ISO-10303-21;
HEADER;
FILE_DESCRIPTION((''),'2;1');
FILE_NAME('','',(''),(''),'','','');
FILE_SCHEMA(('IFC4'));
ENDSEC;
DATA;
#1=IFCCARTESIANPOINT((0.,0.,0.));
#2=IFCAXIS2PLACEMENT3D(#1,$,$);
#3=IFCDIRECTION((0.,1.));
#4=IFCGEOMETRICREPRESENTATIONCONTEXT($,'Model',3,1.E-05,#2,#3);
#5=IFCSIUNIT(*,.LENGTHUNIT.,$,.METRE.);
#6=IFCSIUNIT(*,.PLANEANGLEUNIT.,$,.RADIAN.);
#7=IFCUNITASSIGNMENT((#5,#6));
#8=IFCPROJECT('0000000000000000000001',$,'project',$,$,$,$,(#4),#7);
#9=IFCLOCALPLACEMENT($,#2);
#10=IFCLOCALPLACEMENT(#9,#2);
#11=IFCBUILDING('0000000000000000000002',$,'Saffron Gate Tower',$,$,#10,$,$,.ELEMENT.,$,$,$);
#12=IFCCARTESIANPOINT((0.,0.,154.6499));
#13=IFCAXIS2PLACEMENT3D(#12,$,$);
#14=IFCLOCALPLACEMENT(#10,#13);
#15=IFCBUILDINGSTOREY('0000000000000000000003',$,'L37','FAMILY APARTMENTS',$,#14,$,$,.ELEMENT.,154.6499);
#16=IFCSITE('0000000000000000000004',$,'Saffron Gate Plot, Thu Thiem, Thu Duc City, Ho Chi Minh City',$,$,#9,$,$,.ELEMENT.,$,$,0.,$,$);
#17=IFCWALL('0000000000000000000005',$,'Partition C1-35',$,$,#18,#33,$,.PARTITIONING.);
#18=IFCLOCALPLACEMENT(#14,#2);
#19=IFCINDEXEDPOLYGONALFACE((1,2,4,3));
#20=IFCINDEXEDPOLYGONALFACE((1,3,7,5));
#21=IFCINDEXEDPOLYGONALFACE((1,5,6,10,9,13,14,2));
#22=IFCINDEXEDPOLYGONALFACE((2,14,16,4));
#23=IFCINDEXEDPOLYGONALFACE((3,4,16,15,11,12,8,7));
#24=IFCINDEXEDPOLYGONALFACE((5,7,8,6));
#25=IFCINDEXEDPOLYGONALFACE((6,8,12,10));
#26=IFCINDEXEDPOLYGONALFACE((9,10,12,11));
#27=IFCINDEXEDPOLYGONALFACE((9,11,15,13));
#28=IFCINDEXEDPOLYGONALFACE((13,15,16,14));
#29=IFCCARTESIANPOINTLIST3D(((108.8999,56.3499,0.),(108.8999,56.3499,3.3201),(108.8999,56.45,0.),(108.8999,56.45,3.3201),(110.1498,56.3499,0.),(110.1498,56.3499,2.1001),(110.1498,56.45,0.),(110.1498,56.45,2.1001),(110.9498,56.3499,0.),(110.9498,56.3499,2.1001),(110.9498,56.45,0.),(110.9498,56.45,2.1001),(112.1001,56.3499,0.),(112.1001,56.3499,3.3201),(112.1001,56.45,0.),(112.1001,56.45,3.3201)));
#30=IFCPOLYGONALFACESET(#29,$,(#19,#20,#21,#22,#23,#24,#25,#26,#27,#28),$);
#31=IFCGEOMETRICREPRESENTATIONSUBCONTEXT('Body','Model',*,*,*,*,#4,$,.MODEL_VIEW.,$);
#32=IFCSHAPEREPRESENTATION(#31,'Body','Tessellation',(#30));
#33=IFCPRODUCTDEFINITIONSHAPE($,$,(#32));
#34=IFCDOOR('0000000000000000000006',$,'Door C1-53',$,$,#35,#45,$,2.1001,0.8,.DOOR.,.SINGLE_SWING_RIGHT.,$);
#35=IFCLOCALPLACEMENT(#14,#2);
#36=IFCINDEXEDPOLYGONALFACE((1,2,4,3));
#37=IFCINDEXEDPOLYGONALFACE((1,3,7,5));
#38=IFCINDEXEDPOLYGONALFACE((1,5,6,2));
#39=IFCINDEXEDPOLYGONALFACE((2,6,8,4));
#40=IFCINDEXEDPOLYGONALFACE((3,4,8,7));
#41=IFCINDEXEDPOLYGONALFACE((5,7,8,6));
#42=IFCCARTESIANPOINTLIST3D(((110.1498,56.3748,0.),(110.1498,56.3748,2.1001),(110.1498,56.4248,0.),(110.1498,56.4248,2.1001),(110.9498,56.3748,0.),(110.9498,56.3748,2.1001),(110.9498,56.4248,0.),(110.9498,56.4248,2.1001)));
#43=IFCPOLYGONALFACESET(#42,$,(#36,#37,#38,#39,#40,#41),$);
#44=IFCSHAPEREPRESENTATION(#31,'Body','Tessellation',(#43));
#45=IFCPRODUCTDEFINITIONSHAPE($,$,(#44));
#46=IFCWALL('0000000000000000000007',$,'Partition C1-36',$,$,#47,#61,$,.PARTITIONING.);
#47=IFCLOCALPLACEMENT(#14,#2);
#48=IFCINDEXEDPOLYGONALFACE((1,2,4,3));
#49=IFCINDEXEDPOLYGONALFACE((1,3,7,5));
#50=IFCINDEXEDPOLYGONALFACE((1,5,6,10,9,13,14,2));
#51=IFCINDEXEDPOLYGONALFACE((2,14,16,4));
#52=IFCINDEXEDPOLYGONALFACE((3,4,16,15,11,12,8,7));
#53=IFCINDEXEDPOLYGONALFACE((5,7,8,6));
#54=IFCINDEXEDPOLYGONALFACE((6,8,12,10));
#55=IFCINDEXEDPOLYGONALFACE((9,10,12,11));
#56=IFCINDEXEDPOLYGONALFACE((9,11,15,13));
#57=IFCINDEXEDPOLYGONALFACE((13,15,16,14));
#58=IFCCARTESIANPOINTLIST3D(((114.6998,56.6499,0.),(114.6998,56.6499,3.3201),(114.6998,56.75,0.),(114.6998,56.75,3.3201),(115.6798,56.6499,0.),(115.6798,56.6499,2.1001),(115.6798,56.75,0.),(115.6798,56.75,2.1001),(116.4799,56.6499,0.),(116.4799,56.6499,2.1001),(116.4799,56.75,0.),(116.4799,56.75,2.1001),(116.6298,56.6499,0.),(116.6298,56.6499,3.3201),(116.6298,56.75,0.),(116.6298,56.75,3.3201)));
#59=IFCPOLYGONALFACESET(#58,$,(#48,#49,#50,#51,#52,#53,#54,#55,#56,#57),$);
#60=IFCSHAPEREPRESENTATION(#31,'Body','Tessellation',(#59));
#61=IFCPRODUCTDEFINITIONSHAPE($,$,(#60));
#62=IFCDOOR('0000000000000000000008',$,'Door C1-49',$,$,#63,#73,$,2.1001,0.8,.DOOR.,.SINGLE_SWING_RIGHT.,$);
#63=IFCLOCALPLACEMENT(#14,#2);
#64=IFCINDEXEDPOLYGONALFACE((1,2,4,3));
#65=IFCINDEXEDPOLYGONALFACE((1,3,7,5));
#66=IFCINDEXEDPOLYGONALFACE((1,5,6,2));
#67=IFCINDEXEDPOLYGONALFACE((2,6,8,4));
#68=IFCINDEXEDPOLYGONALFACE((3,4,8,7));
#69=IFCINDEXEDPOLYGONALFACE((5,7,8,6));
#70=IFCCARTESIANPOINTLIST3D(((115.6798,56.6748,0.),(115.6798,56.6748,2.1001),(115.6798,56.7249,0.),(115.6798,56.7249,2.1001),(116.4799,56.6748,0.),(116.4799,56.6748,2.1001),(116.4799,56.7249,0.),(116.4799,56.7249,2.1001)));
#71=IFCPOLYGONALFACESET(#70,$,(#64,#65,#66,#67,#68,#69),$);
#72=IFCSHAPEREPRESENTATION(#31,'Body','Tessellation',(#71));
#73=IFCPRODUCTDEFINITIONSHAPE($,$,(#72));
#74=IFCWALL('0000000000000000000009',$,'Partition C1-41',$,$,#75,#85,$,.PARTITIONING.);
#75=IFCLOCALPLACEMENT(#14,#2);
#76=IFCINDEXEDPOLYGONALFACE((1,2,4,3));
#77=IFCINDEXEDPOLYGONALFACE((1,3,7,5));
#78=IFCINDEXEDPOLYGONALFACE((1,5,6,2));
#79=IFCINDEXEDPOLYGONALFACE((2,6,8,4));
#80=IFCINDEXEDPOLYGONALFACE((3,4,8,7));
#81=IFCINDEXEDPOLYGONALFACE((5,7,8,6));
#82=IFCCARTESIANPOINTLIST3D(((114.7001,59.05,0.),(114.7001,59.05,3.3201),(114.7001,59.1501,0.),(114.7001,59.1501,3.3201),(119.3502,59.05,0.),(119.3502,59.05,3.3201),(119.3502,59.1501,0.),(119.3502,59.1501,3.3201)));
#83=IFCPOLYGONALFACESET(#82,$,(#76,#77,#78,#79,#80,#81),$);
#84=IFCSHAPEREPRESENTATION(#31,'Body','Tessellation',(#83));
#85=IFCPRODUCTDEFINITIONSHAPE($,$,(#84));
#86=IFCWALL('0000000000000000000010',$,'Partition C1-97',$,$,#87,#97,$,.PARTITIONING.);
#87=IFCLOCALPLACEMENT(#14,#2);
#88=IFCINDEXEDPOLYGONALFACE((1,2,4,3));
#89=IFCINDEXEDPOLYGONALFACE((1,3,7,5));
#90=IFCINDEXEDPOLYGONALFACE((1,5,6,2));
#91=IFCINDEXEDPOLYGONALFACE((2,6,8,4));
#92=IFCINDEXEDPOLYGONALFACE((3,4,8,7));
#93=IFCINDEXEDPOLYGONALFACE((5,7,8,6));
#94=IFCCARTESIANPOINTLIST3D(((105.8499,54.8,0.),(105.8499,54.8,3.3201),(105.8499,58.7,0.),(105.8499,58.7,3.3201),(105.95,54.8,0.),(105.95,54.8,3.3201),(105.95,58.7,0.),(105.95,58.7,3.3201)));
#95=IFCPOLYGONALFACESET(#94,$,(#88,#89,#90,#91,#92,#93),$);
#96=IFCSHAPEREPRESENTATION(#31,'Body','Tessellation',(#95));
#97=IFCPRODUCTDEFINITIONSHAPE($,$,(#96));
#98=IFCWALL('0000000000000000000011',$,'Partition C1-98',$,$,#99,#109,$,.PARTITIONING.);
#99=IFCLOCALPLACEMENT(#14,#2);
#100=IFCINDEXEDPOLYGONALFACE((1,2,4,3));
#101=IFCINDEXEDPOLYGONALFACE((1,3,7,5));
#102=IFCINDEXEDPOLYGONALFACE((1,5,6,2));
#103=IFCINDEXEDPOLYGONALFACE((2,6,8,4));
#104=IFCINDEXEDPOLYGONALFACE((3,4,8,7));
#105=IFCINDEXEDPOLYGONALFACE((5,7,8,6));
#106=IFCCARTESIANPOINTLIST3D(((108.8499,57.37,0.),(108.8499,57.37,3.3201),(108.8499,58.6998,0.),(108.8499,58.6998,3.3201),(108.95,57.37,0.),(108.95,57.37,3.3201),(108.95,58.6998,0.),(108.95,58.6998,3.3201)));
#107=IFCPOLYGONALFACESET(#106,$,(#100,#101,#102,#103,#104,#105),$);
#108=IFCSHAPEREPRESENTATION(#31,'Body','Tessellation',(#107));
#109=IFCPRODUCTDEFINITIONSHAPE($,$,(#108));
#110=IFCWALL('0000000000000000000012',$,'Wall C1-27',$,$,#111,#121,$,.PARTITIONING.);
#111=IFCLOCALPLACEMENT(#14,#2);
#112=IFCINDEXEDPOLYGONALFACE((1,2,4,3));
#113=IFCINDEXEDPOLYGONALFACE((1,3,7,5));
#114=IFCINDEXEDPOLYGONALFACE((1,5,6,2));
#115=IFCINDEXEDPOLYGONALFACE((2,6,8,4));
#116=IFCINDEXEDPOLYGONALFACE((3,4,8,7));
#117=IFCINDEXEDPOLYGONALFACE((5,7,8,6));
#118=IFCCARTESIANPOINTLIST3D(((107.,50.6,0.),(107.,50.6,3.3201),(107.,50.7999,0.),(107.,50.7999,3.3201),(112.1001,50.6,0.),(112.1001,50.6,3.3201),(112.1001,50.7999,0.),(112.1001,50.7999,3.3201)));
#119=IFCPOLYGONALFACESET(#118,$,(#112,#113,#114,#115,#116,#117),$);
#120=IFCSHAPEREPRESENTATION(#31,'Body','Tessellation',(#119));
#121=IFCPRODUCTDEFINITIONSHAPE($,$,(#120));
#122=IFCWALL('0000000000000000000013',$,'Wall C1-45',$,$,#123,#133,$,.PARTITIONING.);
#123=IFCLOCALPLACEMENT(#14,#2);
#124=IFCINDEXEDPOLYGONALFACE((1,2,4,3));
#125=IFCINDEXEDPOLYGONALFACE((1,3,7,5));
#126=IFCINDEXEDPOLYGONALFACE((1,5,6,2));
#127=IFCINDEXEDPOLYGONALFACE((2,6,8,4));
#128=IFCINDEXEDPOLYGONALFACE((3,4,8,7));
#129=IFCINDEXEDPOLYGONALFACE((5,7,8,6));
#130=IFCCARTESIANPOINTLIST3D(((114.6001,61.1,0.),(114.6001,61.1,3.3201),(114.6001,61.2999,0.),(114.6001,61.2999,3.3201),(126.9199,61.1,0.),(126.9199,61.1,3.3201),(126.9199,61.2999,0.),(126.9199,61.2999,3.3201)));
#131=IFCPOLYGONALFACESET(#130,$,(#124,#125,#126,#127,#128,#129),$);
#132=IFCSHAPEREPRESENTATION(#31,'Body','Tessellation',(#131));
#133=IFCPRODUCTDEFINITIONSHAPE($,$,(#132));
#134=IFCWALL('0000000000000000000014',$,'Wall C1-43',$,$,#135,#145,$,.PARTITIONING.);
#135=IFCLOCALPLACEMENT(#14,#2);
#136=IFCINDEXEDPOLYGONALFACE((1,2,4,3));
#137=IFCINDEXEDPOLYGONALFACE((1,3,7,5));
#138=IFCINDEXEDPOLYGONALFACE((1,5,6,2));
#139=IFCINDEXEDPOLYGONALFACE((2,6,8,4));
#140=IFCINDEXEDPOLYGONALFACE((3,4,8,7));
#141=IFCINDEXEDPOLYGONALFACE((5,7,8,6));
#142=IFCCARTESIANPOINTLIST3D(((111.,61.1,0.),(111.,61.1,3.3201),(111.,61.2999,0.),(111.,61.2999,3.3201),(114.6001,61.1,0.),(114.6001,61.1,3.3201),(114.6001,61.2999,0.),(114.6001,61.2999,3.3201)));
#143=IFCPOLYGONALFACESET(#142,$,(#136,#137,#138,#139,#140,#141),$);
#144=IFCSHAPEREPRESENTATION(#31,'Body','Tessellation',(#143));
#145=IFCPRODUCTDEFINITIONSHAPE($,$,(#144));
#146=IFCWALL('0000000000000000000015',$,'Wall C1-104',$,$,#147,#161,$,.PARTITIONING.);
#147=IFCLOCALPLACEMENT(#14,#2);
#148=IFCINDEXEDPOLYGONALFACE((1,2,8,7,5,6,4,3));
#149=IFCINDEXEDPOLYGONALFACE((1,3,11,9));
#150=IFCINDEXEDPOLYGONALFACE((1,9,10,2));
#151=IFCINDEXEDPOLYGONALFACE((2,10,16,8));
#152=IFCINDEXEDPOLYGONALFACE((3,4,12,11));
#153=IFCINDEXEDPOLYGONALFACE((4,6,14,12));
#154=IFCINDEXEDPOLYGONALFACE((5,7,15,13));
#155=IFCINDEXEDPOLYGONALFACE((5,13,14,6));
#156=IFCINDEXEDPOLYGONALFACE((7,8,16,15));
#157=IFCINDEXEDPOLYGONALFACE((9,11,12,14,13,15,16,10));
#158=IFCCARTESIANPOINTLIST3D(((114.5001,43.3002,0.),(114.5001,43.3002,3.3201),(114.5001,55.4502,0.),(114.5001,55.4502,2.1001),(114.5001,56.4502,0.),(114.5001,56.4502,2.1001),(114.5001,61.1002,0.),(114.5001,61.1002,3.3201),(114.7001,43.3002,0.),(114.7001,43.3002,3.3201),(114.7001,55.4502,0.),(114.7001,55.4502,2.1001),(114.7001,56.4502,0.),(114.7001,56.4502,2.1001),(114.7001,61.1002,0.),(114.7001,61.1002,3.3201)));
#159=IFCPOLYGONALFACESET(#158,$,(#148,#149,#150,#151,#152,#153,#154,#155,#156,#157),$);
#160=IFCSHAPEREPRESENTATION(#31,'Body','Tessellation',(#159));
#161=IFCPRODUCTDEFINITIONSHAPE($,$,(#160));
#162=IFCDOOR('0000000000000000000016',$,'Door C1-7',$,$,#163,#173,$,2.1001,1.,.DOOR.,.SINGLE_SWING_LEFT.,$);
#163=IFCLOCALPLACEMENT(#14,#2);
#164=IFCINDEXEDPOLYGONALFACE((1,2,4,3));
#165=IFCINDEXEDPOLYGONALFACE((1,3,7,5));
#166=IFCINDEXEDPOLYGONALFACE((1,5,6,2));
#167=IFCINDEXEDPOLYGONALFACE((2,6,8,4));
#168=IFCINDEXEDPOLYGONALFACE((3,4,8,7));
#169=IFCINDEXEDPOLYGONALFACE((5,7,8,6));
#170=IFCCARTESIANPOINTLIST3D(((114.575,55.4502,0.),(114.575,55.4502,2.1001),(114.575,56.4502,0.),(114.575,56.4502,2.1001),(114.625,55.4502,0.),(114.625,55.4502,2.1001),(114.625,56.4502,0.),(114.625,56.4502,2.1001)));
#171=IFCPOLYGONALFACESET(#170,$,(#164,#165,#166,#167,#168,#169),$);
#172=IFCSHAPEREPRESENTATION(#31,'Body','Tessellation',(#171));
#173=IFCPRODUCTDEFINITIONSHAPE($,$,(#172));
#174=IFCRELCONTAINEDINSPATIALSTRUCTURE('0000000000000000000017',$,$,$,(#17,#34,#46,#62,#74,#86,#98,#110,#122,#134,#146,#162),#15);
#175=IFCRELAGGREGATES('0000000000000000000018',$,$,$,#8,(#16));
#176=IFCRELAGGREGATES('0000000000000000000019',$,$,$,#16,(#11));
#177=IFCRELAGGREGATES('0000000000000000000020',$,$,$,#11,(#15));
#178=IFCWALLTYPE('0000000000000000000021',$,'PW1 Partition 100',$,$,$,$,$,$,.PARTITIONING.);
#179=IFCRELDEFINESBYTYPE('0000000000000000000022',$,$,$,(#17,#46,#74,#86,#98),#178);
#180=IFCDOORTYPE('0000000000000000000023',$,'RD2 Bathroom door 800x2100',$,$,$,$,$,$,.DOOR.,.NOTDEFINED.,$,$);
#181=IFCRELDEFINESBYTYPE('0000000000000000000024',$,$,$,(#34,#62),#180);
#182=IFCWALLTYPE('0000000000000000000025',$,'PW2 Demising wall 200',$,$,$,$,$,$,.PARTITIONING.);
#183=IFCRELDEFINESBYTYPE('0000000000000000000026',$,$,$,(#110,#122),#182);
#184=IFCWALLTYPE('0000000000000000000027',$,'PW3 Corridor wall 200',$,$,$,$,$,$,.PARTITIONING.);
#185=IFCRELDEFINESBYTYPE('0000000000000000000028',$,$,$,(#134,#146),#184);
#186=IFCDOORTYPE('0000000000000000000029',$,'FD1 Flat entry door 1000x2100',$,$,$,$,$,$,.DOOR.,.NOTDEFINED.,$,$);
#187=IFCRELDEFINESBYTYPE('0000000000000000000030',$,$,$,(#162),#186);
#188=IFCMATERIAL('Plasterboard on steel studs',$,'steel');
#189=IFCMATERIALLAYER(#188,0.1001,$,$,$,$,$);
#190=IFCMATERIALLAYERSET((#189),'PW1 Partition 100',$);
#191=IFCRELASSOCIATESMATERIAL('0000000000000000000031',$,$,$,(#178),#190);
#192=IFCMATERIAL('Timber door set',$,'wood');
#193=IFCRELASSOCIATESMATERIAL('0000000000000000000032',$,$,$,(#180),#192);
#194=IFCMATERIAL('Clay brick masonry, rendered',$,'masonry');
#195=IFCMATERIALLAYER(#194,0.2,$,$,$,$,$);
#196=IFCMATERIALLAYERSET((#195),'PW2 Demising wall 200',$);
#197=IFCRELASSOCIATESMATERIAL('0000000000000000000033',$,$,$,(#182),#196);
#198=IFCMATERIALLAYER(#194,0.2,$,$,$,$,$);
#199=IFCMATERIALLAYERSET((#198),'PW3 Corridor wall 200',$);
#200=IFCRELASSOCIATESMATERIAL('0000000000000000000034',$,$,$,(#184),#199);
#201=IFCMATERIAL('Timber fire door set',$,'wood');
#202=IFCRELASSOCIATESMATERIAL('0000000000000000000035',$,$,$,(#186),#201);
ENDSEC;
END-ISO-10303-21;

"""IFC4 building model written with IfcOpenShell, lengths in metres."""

from ifc_helpers import new_model, si_unit, direction, frame, frame_2d, origin, place, context, subcontext, project, spatial, rectangle, extrude, material, layer, layer_set, type_object, element, fill, save


model = new_model("IFC4")

# Units and contexts
model_context = context("Model", 3, precision=1e-05, world=origin(), true_north=direction((0.0, 1.0)))
body_context = subcontext(model_context, "Body", "Model", "MODEL_VIEW")
ifc_project = project(units=[si_unit("LENGTHUNIT", "METRE"), si_unit("PLANEANGLEUNIT", "RADIAN")], contexts=[model_context])

# Site, building, storey
site_placement = place(None, origin())
site = spatial("IfcSite", under=ifc_project, at=site_placement, Name="Saffron Gate Plot, Thu Thiem, Thu Duc City, Ho Chi Minh City", CompositionType="ELEMENT", RefElevation=0.0)
building_placement = place(site_placement, origin())
building = spatial("IfcBuilding", under=site, at=building_placement, Name="Saffron Gate Tower", CompositionType="ELEMENT")
storey_placement = place(building_placement, frame((0.0, 0.0, 154.6499)))
storey = spatial("IfcBuildingStorey", under=building, at=storey_placement, Name="L37", Description="FAMILY APARTMENTS", CompositionType="ELEMENT", Elevation=154.6499)

# Shared definitions
ifc_material_1 = material(Name="Plasterboard on steel studs", Category="steel")
ifc_layer_1 = layer(ifc_material_1, 0.1001)
ifc_layer_set_1 = layer_set([ifc_layer_1], Name="PW1 Partition 100")
wall_type_1 = type_object("IfcWallType", Name="PW1 Partition 100", PredefinedType="PARTITIONING", material=ifc_layer_set_1)

# Walls, openings, doors
wall_1_placement = place(storey_placement, frame((108.8999, 56.3999, 0.0), z_axis=(0.0, 0.0, 1.0), x_axis=(1.0, 0.0, 0.0)))
wall_1 = element("IfcWall", 1, at=wall_1_placement, inside=storey, type_object=wall_type_1, Name="Partition C1-35", PredefinedType="PARTITIONING", context=body_context, shape_type="SweptSolid", body=[
    extrude(rectangle(XDim=3.2002, YDim=0.1001, at=frame_2d((1.6001, 0.0))), origin(), (0.0, 0.0, 1.0), 3.3201),
])
opening_1_placement = place(wall_1_placement, frame((1.25, 0.0, 0.0)))
opening_1 = element("IfcOpeningElement", 2, at=opening_1_placement, cuts=wall_1, PredefinedType="OPENING", context=body_context, shape_type="SweptSolid", body=[
    extrude(rectangle(XDim=0.8, YDim=2.1001, at=frame_2d((0.3999, 1.05))), frame((0.0, 0.0601, 0.0), z_axis=(0.0, -1.0, 0.0), x_axis=(1.0, 0.0, 0.0)), (0.0, 0.0, 1.0), 0.1201),
])
ifc_material_2 = material(Name="Timber door set", Category="wood")
door_type_1 = type_object("IfcDoorType", Name="RD2 Bathroom door 800x2100", OperationType="NOTDEFINED", PredefinedType="DOOR", material=ifc_material_2)
door_1_placement = place(opening_1_placement, origin())
door_1 = element("IfcDoor", 3, at=door_1_placement, inside=storey, type_object=door_type_1, Name="Door C1-53", OperationType="SINGLE_SWING_RIGHT", OverallHeight=2.1001, OverallWidth=0.8, PredefinedType="DOOR", context=body_context, shape_type="SweptSolid", body=[
    extrude(rectangle(XDim=0.8, YDim=2.1001, at=frame_2d((0.3999, 1.05))), frame((0.0, 0.0249, 0.0), z_axis=(0.0, -1.0, 0.0), x_axis=(1.0, 0.0, 0.0)), (0.0, 0.0, 1.0), 0.05),
])
fill(opening_1, door_1)
wall_2_placement = place(storey_placement, frame((114.7, 56.7, 0.0), z_axis=(0.0, 0.0, 1.0), x_axis=(1.0, 0.0, 0.0)))
wall_2 = element("IfcWall", 4, at=wall_2_placement, inside=storey, type_object=wall_type_1, Name="Partition C1-36", PredefinedType="PARTITIONING", context=body_context, shape_type="SweptSolid", body=[
    extrude(rectangle(XDim=1.9299, YDim=0.1001, at=frame_2d((0.9648, 0.0))), origin(), (0.0, 0.0, 1.0), 3.3201),
])
opening_2_placement = place(wall_2_placement, frame((0.98, 0.0, 0.0)))
opening_2 = element("IfcOpeningElement", 5, at=opening_2_placement, cuts=wall_2, PredefinedType="OPENING", context=body_context, shape_type="SweptSolid", body=[
    extrude(rectangle(XDim=0.8, YDim=2.1001, at=frame_2d((0.3999, 1.05))), frame((0.0, 0.0601, 0.0), z_axis=(0.0, -1.0, 0.0), x_axis=(1.0, 0.0, 0.0)), (0.0, 0.0, 1.0), 0.1201),
])
door_2_placement = place(opening_2_placement, origin())
door_2 = element("IfcDoor", 6, at=door_2_placement, inside=storey, type_object=door_type_1, Name="Door C1-49", OperationType="SINGLE_SWING_RIGHT", OverallHeight=2.1001, OverallWidth=0.8, PredefinedType="DOOR", context=body_context, shape_type="SweptSolid", body=[
    extrude(rectangle(XDim=0.8, YDim=2.1001, at=frame_2d((0.3999, 1.05))), frame((0.0, 0.0249, 0.0), z_axis=(0.0, -1.0, 0.0), x_axis=(1.0, 0.0, 0.0)), (0.0, 0.0, 1.0), 0.05),
])
fill(opening_2, door_2)

# Walls
wall_3_placement = place(storey_placement, frame((114.7, 59.1001, 0.0), z_axis=(0.0, 0.0, 1.0), x_axis=(1.0, 0.0, 0.0)))
element("IfcWall", 7, at=wall_3_placement, inside=storey, type_object=wall_type_1, Name="Partition C1-41", PredefinedType="PARTITIONING", context=body_context, shape_type="SweptSolid", body=[
    extrude(rectangle(XDim=4.6501, YDim=0.1001, at=frame_2d((2.3252, 0.0))), origin(), (0.0, 0.0, 1.0), 3.3201),
])
wall_4_placement = place(storey_placement, frame((105.8999, 58.7, 0.0), z_axis=(0.0, 0.0, 1.0), x_axis=(0.0, -1.0, 0.0)))
element("IfcWall", 8, at=wall_4_placement, inside=storey, type_object=wall_type_1, Name="Partition C1-97", PredefinedType="PARTITIONING", context=body_context, shape_type="SweptSolid", body=[
    extrude(rectangle(XDim=3.8999, YDim=0.1001, at=frame_2d((1.95, 0.0))), origin(), (0.0, 0.0, 1.0), 3.3201),
])
wall_5_placement = place(storey_placement, frame((108.8999, 58.7, 0.0), z_axis=(0.0, 0.0, 1.0), x_axis=(0.0, -1.0, 0.0)))
element("IfcWall", 9, at=wall_5_placement, inside=storey, type_object=wall_type_1, Name="Partition C1-98", PredefinedType="PARTITIONING", context=body_context, shape_type="SweptSolid", body=[
    extrude(rectangle(XDim=1.3298, YDim=0.1001, at=frame_2d((0.665, 0.0))), origin(), (0.0, 0.0, 1.0), 3.3201),
])
ifc_material_3 = material(Name="Clay brick masonry, rendered", Category="masonry")
ifc_layer_2 = layer(ifc_material_3, 0.2)
ifc_layer_set_2 = layer_set([ifc_layer_2], Name="PW2 Demising wall 200")
wall_type_2 = type_object("IfcWallType", Name="PW2 Demising wall 200", PredefinedType="PARTITIONING", material=ifc_layer_set_2)
wall_6_placement = place(storey_placement, frame((107.0, 50.7, 0.0), z_axis=(0.0, 0.0, 1.0), x_axis=(1.0, 0.0, 0.0)))
element("IfcWall", 10, at=wall_6_placement, inside=storey, type_object=wall_type_2, Name="Wall C1-27", PredefinedType="PARTITIONING", context=body_context, shape_type="SweptSolid", body=[
    extrude(rectangle(XDim=5.1001, YDim=0.2, at=frame_2d((2.55, 0.0))), origin(), (0.0, 0.0, 1.0), 3.3201),
])
wall_7_placement = place(storey_placement, frame((114.6001, 61.2, 0.0), z_axis=(0.0, 0.0, 1.0), x_axis=(1.0, 0.0, 0.0)))
element("IfcWall", 11, at=wall_7_placement, inside=storey, type_object=wall_type_2, Name="Wall C1-45", PredefinedType="PARTITIONING", context=body_context, shape_type="SweptSolid", body=[
    extrude(rectangle(XDim=12.3198, YDim=0.2, at=frame_2d((6.1599, 0.0))), origin(), (0.0, 0.0, 1.0), 3.3201),
])
ifc_layer_3 = layer(ifc_material_3, 0.2)
ifc_layer_set_3 = layer_set([ifc_layer_3], Name="PW3 Corridor wall 200")
wall_type_3 = type_object("IfcWallType", Name="PW3 Corridor wall 200", PredefinedType="PARTITIONING", material=ifc_layer_set_3)
wall_8_placement = place(storey_placement, frame((111.0, 61.2, 0.0), z_axis=(0.0, 0.0, 1.0), x_axis=(1.0, 0.0, 0.0)))
element("IfcWall", 12, at=wall_8_placement, inside=storey, type_object=wall_type_3, Name="Wall C1-43", PredefinedType="PARTITIONING", context=body_context, shape_type="SweptSolid", body=[
    extrude(rectangle(XDim=3.6001, YDim=0.2, at=frame_2d((1.8, 0.0))), origin(), (0.0, 0.0, 1.0), 3.3201),
])

# Wall, opening, door
wall_9_placement = place(storey_placement, frame((114.6001, 61.1001, 0.0), z_axis=(0.0, 0.0, 1.0), x_axis=(0.0, -1.0, 0.0)))
wall_9 = element("IfcWall", 13, at=wall_9_placement, inside=storey, type_object=wall_type_3, Name="Wall C1-104", PredefinedType="PARTITIONING", context=body_context, shape_type="SweptSolid", body=[
    extrude(rectangle(XDim=17.8, YDim=0.2, at=frame_2d((8.8999, 0.0))), origin(), (0.0, 0.0, 1.0), 3.3201),
])
opening_3_placement = place(wall_9_placement, frame((4.6499, 0.0, 0.0)))
opening_3 = element("IfcOpeningElement", 14, at=opening_3_placement, cuts=wall_9, PredefinedType="OPENING", context=body_context, shape_type="SweptSolid", body=[
    extrude(rectangle(XDim=1.0, YDim=2.1001, at=frame_2d((0.5, 1.05))), frame((0.0, 0.1099, 0.0), z_axis=(0.0, -1.0, 0.0), x_axis=(1.0, 0.0, 0.0)), (0.0, 0.0, 1.0), 0.22),
])
ifc_material_4 = material(Name="Timber fire door set", Category="wood")
door_type_2 = type_object("IfcDoorType", Name="FD1 Flat entry door 1000x2100", OperationType="NOTDEFINED", PredefinedType="DOOR", material=ifc_material_4)
door_3_placement = place(opening_3_placement, origin())
door_3 = element("IfcDoor", 15, at=door_3_placement, inside=storey, type_object=door_type_2, Name="Door C1-7", OperationType="SINGLE_SWING_LEFT", OverallHeight=2.1001, OverallWidth=1.0, PredefinedType="DOOR", context=body_context, shape_type="SweptSolid", body=[
    extrude(rectangle(XDim=1.0, YDim=2.1001, at=frame_2d((0.5, 1.05))), frame((0.0, 0.0249, 0.0), z_axis=(0.0, -1.0, 0.0), x_axis=(1.0, 0.0, 0.0)), (0.0, 0.0, 1.0), 0.05),
])
fill(opening_3, door_3)

save(model, "model.ifc")
